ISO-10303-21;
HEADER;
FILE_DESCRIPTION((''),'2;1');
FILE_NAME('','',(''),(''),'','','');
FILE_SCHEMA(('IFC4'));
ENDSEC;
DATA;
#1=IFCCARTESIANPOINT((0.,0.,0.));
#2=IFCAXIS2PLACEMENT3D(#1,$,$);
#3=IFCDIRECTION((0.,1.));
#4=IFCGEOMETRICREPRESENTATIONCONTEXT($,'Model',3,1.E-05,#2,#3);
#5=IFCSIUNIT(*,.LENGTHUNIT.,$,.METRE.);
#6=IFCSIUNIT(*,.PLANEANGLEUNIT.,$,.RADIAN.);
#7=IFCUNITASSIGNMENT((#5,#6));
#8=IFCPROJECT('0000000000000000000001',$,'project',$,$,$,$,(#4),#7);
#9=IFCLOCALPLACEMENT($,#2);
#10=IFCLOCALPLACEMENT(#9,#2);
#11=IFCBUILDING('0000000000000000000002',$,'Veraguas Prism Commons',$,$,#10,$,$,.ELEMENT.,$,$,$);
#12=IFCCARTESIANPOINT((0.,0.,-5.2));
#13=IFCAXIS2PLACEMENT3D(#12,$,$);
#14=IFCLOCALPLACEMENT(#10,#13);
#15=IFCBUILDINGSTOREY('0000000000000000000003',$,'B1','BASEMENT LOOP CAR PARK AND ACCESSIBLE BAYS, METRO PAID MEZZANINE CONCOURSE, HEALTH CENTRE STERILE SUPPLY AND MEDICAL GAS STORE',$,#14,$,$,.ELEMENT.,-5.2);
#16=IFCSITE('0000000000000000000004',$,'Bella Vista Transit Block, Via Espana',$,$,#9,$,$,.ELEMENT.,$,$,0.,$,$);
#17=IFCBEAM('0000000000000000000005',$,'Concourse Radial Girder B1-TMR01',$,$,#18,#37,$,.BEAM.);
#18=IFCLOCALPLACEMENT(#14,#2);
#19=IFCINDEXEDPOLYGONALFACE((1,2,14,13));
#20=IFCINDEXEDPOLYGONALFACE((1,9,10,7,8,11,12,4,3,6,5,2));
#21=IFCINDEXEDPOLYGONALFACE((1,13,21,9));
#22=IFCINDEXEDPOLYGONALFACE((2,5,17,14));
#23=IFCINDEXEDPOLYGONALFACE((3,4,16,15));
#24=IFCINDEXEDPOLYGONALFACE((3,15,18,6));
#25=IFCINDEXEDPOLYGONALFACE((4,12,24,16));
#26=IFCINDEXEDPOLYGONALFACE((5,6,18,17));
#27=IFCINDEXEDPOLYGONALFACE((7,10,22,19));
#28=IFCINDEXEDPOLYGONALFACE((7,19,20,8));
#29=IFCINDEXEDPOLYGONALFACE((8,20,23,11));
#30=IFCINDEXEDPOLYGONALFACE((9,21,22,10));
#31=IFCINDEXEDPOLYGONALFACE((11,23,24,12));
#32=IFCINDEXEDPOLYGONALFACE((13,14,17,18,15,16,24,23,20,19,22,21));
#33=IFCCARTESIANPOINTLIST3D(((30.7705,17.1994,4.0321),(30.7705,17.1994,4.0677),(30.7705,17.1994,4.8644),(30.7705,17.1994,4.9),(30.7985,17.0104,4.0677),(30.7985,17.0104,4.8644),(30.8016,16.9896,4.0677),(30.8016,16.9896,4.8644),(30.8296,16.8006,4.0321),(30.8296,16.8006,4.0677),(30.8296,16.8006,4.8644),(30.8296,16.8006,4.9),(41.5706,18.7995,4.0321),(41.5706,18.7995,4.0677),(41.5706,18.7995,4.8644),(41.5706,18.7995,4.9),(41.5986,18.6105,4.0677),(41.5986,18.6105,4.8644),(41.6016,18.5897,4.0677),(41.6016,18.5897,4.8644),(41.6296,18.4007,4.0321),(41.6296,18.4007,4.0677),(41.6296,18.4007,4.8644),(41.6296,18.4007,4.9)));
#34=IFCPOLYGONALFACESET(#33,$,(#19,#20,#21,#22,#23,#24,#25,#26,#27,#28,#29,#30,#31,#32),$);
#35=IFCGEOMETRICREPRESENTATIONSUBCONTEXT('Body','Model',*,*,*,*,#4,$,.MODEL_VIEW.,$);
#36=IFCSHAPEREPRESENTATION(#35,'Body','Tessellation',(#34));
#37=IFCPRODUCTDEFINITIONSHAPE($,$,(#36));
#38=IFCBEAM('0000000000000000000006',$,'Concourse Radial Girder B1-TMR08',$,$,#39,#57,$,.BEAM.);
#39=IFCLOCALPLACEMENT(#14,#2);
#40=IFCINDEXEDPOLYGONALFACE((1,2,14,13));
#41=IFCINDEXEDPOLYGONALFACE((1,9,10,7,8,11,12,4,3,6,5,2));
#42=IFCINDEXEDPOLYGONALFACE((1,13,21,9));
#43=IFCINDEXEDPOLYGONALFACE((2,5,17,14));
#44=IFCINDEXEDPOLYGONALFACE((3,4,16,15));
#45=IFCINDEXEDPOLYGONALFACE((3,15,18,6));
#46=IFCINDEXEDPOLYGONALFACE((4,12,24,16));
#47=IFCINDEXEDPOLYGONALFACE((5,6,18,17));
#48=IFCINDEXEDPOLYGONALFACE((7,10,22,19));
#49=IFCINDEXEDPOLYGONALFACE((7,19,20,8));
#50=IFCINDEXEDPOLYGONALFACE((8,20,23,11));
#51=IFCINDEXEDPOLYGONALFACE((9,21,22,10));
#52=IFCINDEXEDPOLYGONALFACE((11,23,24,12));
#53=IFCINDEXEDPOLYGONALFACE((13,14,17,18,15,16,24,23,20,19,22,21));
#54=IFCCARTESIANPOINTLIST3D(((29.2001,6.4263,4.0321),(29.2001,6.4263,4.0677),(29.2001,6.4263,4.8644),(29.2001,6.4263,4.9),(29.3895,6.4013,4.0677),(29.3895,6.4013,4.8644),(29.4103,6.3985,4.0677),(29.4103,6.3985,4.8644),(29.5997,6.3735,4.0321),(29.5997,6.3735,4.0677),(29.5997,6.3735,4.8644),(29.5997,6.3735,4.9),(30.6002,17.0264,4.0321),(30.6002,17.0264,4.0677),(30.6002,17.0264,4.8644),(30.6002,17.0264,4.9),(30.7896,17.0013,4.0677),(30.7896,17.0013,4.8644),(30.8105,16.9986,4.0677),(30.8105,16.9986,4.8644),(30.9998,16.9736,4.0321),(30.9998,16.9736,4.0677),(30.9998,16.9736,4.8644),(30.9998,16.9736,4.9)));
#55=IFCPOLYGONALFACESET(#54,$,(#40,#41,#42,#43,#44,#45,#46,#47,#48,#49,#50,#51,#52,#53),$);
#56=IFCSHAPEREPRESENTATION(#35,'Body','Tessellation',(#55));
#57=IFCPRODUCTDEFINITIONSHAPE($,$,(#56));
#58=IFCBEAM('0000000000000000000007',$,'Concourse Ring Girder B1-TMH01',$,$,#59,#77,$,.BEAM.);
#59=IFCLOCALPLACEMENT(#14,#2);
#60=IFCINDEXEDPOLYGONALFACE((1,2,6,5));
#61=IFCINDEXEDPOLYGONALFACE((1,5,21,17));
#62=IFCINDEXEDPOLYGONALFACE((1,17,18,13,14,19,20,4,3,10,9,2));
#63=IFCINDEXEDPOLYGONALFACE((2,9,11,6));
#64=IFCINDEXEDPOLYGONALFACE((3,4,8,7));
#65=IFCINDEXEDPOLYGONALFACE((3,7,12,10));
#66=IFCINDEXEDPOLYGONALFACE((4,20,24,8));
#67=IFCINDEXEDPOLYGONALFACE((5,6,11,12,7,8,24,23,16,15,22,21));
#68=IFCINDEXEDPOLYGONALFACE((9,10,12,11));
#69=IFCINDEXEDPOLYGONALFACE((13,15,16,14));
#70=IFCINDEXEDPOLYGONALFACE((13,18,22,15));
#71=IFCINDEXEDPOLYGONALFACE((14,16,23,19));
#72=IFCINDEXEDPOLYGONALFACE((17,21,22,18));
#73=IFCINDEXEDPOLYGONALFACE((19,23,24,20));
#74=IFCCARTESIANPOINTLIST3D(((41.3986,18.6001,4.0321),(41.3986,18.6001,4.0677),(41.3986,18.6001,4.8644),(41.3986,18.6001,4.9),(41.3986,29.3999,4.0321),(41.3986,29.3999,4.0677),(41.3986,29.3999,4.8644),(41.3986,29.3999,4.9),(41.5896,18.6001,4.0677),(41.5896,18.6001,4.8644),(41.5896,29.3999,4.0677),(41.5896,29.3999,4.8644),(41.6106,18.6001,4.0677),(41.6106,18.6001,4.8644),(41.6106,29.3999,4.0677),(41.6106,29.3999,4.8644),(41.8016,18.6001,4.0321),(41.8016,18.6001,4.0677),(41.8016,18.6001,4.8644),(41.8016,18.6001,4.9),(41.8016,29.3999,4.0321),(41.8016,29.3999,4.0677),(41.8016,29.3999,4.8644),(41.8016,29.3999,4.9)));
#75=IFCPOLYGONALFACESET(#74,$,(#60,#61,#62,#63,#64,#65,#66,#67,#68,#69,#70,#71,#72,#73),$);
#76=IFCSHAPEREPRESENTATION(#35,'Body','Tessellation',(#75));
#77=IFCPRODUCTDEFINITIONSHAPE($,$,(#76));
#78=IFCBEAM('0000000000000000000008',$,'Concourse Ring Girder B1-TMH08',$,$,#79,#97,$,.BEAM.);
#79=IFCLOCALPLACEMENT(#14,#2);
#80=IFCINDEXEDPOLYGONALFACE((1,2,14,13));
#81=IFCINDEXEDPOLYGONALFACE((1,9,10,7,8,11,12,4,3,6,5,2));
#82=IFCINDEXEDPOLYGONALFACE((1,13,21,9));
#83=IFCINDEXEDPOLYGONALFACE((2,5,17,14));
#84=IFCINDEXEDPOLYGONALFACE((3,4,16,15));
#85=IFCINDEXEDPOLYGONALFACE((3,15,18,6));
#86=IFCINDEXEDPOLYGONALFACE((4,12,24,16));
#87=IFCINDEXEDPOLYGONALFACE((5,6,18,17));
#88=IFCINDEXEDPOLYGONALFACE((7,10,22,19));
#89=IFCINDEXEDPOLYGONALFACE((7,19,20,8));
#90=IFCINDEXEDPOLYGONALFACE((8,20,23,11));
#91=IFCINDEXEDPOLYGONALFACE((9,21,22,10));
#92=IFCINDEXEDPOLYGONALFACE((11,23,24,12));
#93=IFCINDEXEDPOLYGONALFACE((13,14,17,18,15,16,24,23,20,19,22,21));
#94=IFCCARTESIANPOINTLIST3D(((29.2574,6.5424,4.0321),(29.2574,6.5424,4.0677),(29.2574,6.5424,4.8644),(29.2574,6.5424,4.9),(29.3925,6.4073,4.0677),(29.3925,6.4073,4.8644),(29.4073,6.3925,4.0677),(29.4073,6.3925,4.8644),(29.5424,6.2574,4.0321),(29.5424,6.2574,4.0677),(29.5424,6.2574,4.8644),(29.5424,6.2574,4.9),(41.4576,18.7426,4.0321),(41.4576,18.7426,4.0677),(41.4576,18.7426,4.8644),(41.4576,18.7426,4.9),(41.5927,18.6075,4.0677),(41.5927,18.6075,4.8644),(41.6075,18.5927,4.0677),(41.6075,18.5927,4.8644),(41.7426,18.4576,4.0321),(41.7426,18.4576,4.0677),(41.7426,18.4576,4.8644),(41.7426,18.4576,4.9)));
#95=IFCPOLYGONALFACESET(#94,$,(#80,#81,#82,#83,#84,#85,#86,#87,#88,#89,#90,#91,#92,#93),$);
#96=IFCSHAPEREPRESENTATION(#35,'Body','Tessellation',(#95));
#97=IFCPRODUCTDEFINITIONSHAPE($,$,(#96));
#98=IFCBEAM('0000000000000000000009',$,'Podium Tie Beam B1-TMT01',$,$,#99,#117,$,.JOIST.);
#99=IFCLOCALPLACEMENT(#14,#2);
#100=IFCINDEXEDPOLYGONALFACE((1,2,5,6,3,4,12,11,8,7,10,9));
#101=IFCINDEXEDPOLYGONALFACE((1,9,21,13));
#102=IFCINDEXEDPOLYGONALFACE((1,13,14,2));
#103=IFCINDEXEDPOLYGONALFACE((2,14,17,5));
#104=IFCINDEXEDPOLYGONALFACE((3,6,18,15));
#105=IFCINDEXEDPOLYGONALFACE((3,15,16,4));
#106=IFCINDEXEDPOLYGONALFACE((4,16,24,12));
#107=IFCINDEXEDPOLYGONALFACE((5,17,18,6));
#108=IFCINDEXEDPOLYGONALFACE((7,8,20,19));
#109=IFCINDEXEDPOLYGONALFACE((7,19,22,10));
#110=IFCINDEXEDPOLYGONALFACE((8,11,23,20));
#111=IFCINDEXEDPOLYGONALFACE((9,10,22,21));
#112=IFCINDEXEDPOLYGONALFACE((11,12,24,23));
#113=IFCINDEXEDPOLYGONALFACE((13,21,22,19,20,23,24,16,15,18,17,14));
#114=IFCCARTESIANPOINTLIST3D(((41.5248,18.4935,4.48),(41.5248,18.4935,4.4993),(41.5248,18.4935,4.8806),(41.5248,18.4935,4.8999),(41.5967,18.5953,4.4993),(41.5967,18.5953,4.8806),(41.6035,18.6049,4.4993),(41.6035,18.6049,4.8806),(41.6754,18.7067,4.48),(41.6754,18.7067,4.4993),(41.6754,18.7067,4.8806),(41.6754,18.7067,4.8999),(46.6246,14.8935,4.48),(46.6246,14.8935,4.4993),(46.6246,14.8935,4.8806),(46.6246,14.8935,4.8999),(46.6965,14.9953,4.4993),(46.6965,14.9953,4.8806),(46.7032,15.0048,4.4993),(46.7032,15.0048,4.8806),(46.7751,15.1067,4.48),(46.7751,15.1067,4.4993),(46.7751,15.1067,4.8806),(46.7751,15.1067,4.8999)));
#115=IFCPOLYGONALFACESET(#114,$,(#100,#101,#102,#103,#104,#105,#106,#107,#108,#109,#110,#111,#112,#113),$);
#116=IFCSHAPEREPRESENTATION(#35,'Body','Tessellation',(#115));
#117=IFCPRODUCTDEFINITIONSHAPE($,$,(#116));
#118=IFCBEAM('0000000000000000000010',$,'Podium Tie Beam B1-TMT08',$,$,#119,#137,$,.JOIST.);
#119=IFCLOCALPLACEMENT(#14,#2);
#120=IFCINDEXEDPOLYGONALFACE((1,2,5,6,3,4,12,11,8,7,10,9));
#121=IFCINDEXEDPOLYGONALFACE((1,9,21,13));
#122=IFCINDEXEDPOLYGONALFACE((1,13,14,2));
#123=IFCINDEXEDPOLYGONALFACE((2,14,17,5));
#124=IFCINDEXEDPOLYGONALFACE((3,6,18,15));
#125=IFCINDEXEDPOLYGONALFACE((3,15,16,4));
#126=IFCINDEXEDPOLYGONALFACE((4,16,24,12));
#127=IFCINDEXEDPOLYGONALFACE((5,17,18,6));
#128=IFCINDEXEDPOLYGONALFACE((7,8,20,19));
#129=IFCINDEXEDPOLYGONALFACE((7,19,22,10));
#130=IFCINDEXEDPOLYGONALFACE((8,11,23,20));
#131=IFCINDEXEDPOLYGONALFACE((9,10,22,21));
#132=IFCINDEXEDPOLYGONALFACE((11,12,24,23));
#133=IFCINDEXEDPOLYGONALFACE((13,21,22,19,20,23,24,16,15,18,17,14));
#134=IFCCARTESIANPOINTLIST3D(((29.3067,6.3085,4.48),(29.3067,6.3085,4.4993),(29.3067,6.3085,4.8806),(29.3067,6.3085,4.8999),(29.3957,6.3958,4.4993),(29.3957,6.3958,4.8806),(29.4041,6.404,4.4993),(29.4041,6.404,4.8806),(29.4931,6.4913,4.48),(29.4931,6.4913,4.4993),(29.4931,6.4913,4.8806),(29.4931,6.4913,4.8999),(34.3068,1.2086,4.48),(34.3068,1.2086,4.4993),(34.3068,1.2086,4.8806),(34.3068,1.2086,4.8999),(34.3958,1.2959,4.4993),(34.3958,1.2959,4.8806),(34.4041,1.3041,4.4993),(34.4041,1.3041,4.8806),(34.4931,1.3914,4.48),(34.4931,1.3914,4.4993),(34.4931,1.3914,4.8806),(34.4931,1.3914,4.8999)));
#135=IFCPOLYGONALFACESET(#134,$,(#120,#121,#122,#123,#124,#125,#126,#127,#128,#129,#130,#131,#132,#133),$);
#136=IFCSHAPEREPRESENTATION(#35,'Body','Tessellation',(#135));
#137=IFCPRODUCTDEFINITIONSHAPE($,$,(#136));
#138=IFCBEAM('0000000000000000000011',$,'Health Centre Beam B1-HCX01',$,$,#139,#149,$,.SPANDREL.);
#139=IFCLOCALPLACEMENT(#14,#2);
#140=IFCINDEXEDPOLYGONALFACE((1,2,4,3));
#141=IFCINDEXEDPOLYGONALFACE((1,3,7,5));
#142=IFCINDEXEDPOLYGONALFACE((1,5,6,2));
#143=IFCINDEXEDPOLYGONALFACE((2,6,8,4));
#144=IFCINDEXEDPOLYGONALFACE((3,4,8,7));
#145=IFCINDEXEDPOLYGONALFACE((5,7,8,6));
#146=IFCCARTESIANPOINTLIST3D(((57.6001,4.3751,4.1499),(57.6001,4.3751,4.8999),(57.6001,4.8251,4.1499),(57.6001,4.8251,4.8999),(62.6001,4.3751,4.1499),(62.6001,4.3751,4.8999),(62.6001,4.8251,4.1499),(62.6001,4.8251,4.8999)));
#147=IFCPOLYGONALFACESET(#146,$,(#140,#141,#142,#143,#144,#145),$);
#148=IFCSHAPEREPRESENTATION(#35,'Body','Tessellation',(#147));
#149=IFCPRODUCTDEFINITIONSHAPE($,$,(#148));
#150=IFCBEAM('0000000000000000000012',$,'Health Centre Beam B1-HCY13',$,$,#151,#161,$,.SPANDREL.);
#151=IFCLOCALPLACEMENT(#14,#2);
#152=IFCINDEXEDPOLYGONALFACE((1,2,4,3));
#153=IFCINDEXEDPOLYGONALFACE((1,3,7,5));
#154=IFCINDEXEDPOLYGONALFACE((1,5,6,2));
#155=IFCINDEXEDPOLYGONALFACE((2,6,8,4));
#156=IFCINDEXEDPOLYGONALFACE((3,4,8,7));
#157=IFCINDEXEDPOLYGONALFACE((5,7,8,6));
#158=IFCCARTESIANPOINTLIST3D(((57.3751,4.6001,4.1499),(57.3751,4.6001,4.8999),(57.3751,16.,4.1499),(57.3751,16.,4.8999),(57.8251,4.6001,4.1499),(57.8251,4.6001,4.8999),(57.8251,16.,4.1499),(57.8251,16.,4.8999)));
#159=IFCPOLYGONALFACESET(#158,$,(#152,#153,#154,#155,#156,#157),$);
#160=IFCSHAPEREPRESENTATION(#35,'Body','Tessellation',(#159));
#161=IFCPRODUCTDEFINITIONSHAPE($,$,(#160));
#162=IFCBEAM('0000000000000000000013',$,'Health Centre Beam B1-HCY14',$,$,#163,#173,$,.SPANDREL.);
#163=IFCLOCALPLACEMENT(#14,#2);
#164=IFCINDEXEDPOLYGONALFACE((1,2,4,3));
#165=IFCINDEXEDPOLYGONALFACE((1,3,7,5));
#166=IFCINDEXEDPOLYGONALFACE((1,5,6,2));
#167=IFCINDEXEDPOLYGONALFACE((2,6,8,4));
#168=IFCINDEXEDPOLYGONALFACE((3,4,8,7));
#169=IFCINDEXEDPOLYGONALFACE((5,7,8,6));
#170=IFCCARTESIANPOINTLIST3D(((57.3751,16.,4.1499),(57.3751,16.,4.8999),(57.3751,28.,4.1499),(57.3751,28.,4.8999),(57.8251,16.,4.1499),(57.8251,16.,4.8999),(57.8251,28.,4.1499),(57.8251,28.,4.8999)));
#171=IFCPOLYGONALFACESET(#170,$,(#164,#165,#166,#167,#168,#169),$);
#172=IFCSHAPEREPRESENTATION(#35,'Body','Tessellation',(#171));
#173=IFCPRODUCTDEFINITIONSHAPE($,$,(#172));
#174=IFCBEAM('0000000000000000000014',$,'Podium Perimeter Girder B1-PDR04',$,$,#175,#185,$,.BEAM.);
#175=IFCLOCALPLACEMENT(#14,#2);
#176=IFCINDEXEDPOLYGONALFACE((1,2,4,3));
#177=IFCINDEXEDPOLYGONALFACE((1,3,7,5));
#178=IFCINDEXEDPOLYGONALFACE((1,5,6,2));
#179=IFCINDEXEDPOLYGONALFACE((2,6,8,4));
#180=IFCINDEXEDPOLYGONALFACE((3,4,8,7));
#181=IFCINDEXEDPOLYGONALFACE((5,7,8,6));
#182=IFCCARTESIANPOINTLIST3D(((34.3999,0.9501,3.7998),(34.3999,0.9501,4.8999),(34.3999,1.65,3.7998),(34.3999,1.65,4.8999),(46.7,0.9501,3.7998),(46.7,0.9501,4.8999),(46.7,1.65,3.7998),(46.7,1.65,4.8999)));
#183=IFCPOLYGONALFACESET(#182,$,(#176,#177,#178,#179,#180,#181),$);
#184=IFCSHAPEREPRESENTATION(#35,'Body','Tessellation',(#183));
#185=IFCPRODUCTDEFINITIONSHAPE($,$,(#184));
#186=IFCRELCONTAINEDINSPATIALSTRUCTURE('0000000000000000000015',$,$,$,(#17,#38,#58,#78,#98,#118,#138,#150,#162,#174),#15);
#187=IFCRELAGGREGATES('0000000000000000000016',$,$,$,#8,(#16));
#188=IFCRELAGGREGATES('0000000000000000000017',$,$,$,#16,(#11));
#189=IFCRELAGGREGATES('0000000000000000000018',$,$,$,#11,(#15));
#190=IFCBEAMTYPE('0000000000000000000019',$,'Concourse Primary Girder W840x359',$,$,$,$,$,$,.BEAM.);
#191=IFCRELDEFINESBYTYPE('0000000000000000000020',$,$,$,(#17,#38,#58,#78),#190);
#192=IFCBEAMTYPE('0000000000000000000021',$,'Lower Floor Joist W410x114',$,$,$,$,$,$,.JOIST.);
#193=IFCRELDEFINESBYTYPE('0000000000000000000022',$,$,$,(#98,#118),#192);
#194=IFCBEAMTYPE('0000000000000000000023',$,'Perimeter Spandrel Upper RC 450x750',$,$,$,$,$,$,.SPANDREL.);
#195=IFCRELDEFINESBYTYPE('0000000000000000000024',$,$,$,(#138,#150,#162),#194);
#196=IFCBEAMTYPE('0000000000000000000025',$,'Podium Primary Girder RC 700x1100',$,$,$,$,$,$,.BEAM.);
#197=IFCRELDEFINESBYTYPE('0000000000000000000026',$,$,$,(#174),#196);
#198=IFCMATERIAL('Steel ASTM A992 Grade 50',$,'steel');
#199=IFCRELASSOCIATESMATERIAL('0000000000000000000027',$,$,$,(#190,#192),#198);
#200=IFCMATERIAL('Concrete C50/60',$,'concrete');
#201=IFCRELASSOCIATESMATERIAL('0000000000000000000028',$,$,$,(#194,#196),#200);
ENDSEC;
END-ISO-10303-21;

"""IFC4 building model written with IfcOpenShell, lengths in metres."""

from ifc_helpers import new_model, si_unit, direction, frame, origin, origin_2d, place, context, subcontext, project, spatial, rectangle, i_section, extrude, material, material_profile, profile_set, type_object, element, save


model = new_model("IFC4")

# Units and contexts
model_context = context("Model", 3, precision=1e-05, world=origin(), true_north=direction((0.0, 1.0)))
body_context = subcontext(model_context, "Body", "Model", "MODEL_VIEW")
ifc_project = project(units=[si_unit("LENGTHUNIT", "METRE"), si_unit("PLANEANGLEUNIT", "RADIAN")], contexts=[model_context])

# Site, building, storey
site_placement = place(None, origin())
site = spatial("IfcSite", under=ifc_project, at=site_placement, Name="Bella Vista Transit Block, Via Espana", CompositionType="ELEMENT", RefElevation=0.0)
building_placement = place(site_placement, origin())
building = spatial("IfcBuilding", under=site, at=building_placement, Name="Veraguas Prism Commons", CompositionType="ELEMENT")
storey_placement = place(building_placement, frame((0.0, 0.0, -5.2)))
storey = spatial("IfcBuildingStorey", under=building, at=storey_placement, Name="B1", Description="BASEMENT LOOP CAR PARK AND ACCESSIBLE BAYS, METRO PAID MEZZANINE CONCOURSE, HEALTH CENTRE STERILE SUPPLY AND MEDICAL GAS STORE", CompositionType="ELEMENT", Elevation=-5.2)

# Shared definitions
ifc_material_1 = material(Name="Concrete C50/60", Category="concrete")
ifc_material_2 = material(Name="Steel ASTM A992 Grade 50", Category="steel")

# Beams
ifc_material_profile_1 = material_profile(ifc_material_2, i_section(OverallWidth=0.4031, OverallDepth=0.8679, WebThickness=0.021, FlangeThickness=0.0356, at=origin_2d()), Name="W840X359")
ifc_profile_set_1 = profile_set([ifc_material_profile_1], Name="Steel ASTM A992 Grade 50")
beam_type_1 = type_object("IfcBeamType", Name="Concourse Primary Girder W840x359", PredefinedType="BEAM", material=ifc_profile_set_1)
beam_1_placement = place(storey_placement, frame((41.6001, 18.6001, 4.4661), z_axis=(-0.989202, -0.146557, 0.0), x_axis=(0.146557, -0.989202, 0.0)))
element("IfcBeam", 1, at=beam_1_placement, inside=storey, type_object=beam_type_1, Name="Concourse Radial Girder B1-TMR01", PredefinedType="BEAM", context=body_context, shape_type="SweptSolid", body=[
    extrude(i_section(OverallWidth=0.4031, OverallDepth=0.8679, WebThickness=0.021, FlangeThickness=0.0356, at=origin_2d()), origin(), (0.0, 0.0, 1.0), 10.918),
])
beam_2_placement = place(storey_placement, frame((29.3999, 6.3999, 4.4661), z_axis=(0.130951, 0.991389, 0.0), x_axis=(-0.991389, 0.130951, 0.0)))
element("IfcBeam", 2, at=beam_2_placement, inside=storey, type_object=beam_type_1, Name="Concourse Radial Girder B1-TMR08", PredefinedType="BEAM", context=body_context, shape_type="SweptSolid", body=[
    extrude(i_section(OverallWidth=0.4031, OverallDepth=0.8679, WebThickness=0.021, FlangeThickness=0.0356, at=origin_2d()), origin(), (0.0, 0.0, 1.0), 10.6921),
])
beam_3_placement = place(storey_placement, frame((41.6001, 18.6001, 4.4661), z_axis=(0.0, 1.0, 0.0), x_axis=(-1.0, 0.0, 0.0)))
element("IfcBeam", 3, at=beam_3_placement, inside=storey, type_object=beam_type_1, Name="Concourse Ring Girder B1-TMH01", PredefinedType="BEAM", context=body_context, shape_type="SweptSolid", body=[
    extrude(i_section(OverallWidth=0.4031, OverallDepth=0.8679, WebThickness=0.021, FlangeThickness=0.0356, at=origin_2d()), origin(), (0.0, 0.0, 1.0), 10.7998),
])
beam_4_placement = place(storey_placement, frame((29.3999, 6.3999, 4.4661), z_axis=(0.707107, 0.707107, 0.0), x_axis=(-0.707107, 0.707107, 0.0)))
element("IfcBeam", 4, at=beam_4_placement, inside=storey, type_object=beam_type_1, Name="Concourse Ring Girder B1-TMH08", PredefinedType="BEAM", context=body_context, shape_type="SweptSolid", body=[
    extrude(i_section(OverallWidth=0.4031, OverallDepth=0.8679, WebThickness=0.021, FlangeThickness=0.0356, at=origin_2d()), origin(), (0.0, 0.0, 1.0), 17.2537),
])
ifc_material_profile_2 = material_profile(ifc_material_2, i_section(OverallWidth=0.261, OverallDepth=0.4199, WebThickness=0.0117, FlangeThickness=0.0193, at=origin_2d()), Name="W410X114")
ifc_profile_set_2 = profile_set([ifc_material_profile_2], Name="Steel ASTM A992 Grade 50")
beam_type_2 = type_object("IfcBeamType", Name="Lower Floor Joist W410x114", PredefinedType="JOIST", material=ifc_profile_set_2)
beam_5_placement = place(storey_placement, frame((41.6001, 18.6001, 4.6899), z_axis=(0.816953, -0.576705, 0.0), x_axis=(0.576705, 0.816953, 0.0)))
element("IfcBeam", 5, at=beam_5_placement, inside=storey, type_object=beam_type_2, Name="Podium Tie Beam B1-TMT01", PredefinedType="JOIST", context=body_context, shape_type="SweptSolid", body=[
    extrude(i_section(OverallWidth=0.261, OverallDepth=0.4199, WebThickness=0.0117, FlangeThickness=0.0193, at=origin_2d()), origin(), (0.0, 0.0, 1.0), 6.2424),
])
beam_6_placement = place(storey_placement, frame((29.3999, 6.3999, 4.6899), z_axis=(0.700082, -0.714063, 0.0), x_axis=(0.714063, 0.700082, 0.0)))
element("IfcBeam", 6, at=beam_6_placement, inside=storey, type_object=beam_type_2, Name="Podium Tie Beam B1-TMT08", PredefinedType="JOIST", context=body_context, shape_type="SweptSolid", body=[
    extrude(i_section(OverallWidth=0.261, OverallDepth=0.4199, WebThickness=0.0117, FlangeThickness=0.0193, at=origin_2d()), origin(), (0.0, 0.0, 1.0), 7.1421),
])
ifc_material_profile_3 = material_profile(ifc_material_1, rectangle(XDim=0.45, YDim=0.75, at=origin_2d()), Name="RC450X750")
ifc_profile_set_3 = profile_set([ifc_material_profile_3], Name="Concrete C50/60")
beam_type_3 = type_object("IfcBeamType", Name="Perimeter Spandrel Upper RC 450x750", PredefinedType="SPANDREL", material=ifc_profile_set_3)
beam_7_placement = place(storey_placement, frame((57.6001, 4.6001, 4.5249), z_axis=(1.0, 0.0, 0.0), x_axis=(0.0, 1.0, 0.0)))
element("IfcBeam", 7, at=beam_7_placement, inside=storey, type_object=beam_type_3, Name="Health Centre Beam B1-HCX01", PredefinedType="SPANDREL", context=body_context, shape_type="SweptSolid", body=[
    extrude(rectangle(XDim=0.45, YDim=0.75, at=origin_2d()), origin(), (0.0, 0.0, 1.0), 5.0),
])
beam_8_placement = place(storey_placement, frame((57.6001, 4.6001, 4.5249), z_axis=(0.0, 1.0, 0.0), x_axis=(-1.0, 0.0, 0.0)))
element("IfcBeam", 8, at=beam_8_placement, inside=storey, type_object=beam_type_3, Name="Health Centre Beam B1-HCY13", PredefinedType="SPANDREL", context=body_context, shape_type="SweptSolid", body=[
    extrude(rectangle(XDim=0.45, YDim=0.75, at=origin_2d()), origin(), (0.0, 0.0, 1.0), 11.3999),
])
beam_9_placement = place(storey_placement, frame((57.6001, 16.0, 4.5249), z_axis=(0.0, 1.0, 0.0), x_axis=(-1.0, 0.0, 0.0)))
element("IfcBeam", 9, at=beam_9_placement, inside=storey, type_object=beam_type_3, Name="Health Centre Beam B1-HCY14", PredefinedType="SPANDREL", context=body_context, shape_type="SweptSolid", body=[
    extrude(rectangle(XDim=0.45, YDim=0.75, at=origin_2d()), origin(), (0.0, 0.0, 1.0), 12.0),
])
ifc_material_profile_4 = material_profile(ifc_material_1, rectangle(XDim=0.7, YDim=1.1001, at=origin_2d()), Name="RC700X1100")
ifc_profile_set_4 = profile_set([ifc_material_profile_4], Name="Concrete C50/60")
beam_type_4 = type_object("IfcBeamType", Name="Podium Primary Girder RC 700x1100", PredefinedType="BEAM", material=ifc_profile_set_4)
beam_10_placement = place(storey_placement, frame((34.3999, 1.3, 4.3499), z_axis=(1.0, 0.0, 0.0), x_axis=(0.0, 1.0, 0.0)))
element("IfcBeam", 10, at=beam_10_placement, inside=storey, type_object=beam_type_4, Name="Podium Perimeter Girder B1-PDR04", PredefinedType="BEAM", context=body_context, shape_type="SweptSolid", body=[
    extrude(rectangle(XDim=0.7, YDim=1.1001, at=origin_2d()), origin(), (0.0, 0.0, 1.0), 12.3),
])

save(model, "model.ifc")
